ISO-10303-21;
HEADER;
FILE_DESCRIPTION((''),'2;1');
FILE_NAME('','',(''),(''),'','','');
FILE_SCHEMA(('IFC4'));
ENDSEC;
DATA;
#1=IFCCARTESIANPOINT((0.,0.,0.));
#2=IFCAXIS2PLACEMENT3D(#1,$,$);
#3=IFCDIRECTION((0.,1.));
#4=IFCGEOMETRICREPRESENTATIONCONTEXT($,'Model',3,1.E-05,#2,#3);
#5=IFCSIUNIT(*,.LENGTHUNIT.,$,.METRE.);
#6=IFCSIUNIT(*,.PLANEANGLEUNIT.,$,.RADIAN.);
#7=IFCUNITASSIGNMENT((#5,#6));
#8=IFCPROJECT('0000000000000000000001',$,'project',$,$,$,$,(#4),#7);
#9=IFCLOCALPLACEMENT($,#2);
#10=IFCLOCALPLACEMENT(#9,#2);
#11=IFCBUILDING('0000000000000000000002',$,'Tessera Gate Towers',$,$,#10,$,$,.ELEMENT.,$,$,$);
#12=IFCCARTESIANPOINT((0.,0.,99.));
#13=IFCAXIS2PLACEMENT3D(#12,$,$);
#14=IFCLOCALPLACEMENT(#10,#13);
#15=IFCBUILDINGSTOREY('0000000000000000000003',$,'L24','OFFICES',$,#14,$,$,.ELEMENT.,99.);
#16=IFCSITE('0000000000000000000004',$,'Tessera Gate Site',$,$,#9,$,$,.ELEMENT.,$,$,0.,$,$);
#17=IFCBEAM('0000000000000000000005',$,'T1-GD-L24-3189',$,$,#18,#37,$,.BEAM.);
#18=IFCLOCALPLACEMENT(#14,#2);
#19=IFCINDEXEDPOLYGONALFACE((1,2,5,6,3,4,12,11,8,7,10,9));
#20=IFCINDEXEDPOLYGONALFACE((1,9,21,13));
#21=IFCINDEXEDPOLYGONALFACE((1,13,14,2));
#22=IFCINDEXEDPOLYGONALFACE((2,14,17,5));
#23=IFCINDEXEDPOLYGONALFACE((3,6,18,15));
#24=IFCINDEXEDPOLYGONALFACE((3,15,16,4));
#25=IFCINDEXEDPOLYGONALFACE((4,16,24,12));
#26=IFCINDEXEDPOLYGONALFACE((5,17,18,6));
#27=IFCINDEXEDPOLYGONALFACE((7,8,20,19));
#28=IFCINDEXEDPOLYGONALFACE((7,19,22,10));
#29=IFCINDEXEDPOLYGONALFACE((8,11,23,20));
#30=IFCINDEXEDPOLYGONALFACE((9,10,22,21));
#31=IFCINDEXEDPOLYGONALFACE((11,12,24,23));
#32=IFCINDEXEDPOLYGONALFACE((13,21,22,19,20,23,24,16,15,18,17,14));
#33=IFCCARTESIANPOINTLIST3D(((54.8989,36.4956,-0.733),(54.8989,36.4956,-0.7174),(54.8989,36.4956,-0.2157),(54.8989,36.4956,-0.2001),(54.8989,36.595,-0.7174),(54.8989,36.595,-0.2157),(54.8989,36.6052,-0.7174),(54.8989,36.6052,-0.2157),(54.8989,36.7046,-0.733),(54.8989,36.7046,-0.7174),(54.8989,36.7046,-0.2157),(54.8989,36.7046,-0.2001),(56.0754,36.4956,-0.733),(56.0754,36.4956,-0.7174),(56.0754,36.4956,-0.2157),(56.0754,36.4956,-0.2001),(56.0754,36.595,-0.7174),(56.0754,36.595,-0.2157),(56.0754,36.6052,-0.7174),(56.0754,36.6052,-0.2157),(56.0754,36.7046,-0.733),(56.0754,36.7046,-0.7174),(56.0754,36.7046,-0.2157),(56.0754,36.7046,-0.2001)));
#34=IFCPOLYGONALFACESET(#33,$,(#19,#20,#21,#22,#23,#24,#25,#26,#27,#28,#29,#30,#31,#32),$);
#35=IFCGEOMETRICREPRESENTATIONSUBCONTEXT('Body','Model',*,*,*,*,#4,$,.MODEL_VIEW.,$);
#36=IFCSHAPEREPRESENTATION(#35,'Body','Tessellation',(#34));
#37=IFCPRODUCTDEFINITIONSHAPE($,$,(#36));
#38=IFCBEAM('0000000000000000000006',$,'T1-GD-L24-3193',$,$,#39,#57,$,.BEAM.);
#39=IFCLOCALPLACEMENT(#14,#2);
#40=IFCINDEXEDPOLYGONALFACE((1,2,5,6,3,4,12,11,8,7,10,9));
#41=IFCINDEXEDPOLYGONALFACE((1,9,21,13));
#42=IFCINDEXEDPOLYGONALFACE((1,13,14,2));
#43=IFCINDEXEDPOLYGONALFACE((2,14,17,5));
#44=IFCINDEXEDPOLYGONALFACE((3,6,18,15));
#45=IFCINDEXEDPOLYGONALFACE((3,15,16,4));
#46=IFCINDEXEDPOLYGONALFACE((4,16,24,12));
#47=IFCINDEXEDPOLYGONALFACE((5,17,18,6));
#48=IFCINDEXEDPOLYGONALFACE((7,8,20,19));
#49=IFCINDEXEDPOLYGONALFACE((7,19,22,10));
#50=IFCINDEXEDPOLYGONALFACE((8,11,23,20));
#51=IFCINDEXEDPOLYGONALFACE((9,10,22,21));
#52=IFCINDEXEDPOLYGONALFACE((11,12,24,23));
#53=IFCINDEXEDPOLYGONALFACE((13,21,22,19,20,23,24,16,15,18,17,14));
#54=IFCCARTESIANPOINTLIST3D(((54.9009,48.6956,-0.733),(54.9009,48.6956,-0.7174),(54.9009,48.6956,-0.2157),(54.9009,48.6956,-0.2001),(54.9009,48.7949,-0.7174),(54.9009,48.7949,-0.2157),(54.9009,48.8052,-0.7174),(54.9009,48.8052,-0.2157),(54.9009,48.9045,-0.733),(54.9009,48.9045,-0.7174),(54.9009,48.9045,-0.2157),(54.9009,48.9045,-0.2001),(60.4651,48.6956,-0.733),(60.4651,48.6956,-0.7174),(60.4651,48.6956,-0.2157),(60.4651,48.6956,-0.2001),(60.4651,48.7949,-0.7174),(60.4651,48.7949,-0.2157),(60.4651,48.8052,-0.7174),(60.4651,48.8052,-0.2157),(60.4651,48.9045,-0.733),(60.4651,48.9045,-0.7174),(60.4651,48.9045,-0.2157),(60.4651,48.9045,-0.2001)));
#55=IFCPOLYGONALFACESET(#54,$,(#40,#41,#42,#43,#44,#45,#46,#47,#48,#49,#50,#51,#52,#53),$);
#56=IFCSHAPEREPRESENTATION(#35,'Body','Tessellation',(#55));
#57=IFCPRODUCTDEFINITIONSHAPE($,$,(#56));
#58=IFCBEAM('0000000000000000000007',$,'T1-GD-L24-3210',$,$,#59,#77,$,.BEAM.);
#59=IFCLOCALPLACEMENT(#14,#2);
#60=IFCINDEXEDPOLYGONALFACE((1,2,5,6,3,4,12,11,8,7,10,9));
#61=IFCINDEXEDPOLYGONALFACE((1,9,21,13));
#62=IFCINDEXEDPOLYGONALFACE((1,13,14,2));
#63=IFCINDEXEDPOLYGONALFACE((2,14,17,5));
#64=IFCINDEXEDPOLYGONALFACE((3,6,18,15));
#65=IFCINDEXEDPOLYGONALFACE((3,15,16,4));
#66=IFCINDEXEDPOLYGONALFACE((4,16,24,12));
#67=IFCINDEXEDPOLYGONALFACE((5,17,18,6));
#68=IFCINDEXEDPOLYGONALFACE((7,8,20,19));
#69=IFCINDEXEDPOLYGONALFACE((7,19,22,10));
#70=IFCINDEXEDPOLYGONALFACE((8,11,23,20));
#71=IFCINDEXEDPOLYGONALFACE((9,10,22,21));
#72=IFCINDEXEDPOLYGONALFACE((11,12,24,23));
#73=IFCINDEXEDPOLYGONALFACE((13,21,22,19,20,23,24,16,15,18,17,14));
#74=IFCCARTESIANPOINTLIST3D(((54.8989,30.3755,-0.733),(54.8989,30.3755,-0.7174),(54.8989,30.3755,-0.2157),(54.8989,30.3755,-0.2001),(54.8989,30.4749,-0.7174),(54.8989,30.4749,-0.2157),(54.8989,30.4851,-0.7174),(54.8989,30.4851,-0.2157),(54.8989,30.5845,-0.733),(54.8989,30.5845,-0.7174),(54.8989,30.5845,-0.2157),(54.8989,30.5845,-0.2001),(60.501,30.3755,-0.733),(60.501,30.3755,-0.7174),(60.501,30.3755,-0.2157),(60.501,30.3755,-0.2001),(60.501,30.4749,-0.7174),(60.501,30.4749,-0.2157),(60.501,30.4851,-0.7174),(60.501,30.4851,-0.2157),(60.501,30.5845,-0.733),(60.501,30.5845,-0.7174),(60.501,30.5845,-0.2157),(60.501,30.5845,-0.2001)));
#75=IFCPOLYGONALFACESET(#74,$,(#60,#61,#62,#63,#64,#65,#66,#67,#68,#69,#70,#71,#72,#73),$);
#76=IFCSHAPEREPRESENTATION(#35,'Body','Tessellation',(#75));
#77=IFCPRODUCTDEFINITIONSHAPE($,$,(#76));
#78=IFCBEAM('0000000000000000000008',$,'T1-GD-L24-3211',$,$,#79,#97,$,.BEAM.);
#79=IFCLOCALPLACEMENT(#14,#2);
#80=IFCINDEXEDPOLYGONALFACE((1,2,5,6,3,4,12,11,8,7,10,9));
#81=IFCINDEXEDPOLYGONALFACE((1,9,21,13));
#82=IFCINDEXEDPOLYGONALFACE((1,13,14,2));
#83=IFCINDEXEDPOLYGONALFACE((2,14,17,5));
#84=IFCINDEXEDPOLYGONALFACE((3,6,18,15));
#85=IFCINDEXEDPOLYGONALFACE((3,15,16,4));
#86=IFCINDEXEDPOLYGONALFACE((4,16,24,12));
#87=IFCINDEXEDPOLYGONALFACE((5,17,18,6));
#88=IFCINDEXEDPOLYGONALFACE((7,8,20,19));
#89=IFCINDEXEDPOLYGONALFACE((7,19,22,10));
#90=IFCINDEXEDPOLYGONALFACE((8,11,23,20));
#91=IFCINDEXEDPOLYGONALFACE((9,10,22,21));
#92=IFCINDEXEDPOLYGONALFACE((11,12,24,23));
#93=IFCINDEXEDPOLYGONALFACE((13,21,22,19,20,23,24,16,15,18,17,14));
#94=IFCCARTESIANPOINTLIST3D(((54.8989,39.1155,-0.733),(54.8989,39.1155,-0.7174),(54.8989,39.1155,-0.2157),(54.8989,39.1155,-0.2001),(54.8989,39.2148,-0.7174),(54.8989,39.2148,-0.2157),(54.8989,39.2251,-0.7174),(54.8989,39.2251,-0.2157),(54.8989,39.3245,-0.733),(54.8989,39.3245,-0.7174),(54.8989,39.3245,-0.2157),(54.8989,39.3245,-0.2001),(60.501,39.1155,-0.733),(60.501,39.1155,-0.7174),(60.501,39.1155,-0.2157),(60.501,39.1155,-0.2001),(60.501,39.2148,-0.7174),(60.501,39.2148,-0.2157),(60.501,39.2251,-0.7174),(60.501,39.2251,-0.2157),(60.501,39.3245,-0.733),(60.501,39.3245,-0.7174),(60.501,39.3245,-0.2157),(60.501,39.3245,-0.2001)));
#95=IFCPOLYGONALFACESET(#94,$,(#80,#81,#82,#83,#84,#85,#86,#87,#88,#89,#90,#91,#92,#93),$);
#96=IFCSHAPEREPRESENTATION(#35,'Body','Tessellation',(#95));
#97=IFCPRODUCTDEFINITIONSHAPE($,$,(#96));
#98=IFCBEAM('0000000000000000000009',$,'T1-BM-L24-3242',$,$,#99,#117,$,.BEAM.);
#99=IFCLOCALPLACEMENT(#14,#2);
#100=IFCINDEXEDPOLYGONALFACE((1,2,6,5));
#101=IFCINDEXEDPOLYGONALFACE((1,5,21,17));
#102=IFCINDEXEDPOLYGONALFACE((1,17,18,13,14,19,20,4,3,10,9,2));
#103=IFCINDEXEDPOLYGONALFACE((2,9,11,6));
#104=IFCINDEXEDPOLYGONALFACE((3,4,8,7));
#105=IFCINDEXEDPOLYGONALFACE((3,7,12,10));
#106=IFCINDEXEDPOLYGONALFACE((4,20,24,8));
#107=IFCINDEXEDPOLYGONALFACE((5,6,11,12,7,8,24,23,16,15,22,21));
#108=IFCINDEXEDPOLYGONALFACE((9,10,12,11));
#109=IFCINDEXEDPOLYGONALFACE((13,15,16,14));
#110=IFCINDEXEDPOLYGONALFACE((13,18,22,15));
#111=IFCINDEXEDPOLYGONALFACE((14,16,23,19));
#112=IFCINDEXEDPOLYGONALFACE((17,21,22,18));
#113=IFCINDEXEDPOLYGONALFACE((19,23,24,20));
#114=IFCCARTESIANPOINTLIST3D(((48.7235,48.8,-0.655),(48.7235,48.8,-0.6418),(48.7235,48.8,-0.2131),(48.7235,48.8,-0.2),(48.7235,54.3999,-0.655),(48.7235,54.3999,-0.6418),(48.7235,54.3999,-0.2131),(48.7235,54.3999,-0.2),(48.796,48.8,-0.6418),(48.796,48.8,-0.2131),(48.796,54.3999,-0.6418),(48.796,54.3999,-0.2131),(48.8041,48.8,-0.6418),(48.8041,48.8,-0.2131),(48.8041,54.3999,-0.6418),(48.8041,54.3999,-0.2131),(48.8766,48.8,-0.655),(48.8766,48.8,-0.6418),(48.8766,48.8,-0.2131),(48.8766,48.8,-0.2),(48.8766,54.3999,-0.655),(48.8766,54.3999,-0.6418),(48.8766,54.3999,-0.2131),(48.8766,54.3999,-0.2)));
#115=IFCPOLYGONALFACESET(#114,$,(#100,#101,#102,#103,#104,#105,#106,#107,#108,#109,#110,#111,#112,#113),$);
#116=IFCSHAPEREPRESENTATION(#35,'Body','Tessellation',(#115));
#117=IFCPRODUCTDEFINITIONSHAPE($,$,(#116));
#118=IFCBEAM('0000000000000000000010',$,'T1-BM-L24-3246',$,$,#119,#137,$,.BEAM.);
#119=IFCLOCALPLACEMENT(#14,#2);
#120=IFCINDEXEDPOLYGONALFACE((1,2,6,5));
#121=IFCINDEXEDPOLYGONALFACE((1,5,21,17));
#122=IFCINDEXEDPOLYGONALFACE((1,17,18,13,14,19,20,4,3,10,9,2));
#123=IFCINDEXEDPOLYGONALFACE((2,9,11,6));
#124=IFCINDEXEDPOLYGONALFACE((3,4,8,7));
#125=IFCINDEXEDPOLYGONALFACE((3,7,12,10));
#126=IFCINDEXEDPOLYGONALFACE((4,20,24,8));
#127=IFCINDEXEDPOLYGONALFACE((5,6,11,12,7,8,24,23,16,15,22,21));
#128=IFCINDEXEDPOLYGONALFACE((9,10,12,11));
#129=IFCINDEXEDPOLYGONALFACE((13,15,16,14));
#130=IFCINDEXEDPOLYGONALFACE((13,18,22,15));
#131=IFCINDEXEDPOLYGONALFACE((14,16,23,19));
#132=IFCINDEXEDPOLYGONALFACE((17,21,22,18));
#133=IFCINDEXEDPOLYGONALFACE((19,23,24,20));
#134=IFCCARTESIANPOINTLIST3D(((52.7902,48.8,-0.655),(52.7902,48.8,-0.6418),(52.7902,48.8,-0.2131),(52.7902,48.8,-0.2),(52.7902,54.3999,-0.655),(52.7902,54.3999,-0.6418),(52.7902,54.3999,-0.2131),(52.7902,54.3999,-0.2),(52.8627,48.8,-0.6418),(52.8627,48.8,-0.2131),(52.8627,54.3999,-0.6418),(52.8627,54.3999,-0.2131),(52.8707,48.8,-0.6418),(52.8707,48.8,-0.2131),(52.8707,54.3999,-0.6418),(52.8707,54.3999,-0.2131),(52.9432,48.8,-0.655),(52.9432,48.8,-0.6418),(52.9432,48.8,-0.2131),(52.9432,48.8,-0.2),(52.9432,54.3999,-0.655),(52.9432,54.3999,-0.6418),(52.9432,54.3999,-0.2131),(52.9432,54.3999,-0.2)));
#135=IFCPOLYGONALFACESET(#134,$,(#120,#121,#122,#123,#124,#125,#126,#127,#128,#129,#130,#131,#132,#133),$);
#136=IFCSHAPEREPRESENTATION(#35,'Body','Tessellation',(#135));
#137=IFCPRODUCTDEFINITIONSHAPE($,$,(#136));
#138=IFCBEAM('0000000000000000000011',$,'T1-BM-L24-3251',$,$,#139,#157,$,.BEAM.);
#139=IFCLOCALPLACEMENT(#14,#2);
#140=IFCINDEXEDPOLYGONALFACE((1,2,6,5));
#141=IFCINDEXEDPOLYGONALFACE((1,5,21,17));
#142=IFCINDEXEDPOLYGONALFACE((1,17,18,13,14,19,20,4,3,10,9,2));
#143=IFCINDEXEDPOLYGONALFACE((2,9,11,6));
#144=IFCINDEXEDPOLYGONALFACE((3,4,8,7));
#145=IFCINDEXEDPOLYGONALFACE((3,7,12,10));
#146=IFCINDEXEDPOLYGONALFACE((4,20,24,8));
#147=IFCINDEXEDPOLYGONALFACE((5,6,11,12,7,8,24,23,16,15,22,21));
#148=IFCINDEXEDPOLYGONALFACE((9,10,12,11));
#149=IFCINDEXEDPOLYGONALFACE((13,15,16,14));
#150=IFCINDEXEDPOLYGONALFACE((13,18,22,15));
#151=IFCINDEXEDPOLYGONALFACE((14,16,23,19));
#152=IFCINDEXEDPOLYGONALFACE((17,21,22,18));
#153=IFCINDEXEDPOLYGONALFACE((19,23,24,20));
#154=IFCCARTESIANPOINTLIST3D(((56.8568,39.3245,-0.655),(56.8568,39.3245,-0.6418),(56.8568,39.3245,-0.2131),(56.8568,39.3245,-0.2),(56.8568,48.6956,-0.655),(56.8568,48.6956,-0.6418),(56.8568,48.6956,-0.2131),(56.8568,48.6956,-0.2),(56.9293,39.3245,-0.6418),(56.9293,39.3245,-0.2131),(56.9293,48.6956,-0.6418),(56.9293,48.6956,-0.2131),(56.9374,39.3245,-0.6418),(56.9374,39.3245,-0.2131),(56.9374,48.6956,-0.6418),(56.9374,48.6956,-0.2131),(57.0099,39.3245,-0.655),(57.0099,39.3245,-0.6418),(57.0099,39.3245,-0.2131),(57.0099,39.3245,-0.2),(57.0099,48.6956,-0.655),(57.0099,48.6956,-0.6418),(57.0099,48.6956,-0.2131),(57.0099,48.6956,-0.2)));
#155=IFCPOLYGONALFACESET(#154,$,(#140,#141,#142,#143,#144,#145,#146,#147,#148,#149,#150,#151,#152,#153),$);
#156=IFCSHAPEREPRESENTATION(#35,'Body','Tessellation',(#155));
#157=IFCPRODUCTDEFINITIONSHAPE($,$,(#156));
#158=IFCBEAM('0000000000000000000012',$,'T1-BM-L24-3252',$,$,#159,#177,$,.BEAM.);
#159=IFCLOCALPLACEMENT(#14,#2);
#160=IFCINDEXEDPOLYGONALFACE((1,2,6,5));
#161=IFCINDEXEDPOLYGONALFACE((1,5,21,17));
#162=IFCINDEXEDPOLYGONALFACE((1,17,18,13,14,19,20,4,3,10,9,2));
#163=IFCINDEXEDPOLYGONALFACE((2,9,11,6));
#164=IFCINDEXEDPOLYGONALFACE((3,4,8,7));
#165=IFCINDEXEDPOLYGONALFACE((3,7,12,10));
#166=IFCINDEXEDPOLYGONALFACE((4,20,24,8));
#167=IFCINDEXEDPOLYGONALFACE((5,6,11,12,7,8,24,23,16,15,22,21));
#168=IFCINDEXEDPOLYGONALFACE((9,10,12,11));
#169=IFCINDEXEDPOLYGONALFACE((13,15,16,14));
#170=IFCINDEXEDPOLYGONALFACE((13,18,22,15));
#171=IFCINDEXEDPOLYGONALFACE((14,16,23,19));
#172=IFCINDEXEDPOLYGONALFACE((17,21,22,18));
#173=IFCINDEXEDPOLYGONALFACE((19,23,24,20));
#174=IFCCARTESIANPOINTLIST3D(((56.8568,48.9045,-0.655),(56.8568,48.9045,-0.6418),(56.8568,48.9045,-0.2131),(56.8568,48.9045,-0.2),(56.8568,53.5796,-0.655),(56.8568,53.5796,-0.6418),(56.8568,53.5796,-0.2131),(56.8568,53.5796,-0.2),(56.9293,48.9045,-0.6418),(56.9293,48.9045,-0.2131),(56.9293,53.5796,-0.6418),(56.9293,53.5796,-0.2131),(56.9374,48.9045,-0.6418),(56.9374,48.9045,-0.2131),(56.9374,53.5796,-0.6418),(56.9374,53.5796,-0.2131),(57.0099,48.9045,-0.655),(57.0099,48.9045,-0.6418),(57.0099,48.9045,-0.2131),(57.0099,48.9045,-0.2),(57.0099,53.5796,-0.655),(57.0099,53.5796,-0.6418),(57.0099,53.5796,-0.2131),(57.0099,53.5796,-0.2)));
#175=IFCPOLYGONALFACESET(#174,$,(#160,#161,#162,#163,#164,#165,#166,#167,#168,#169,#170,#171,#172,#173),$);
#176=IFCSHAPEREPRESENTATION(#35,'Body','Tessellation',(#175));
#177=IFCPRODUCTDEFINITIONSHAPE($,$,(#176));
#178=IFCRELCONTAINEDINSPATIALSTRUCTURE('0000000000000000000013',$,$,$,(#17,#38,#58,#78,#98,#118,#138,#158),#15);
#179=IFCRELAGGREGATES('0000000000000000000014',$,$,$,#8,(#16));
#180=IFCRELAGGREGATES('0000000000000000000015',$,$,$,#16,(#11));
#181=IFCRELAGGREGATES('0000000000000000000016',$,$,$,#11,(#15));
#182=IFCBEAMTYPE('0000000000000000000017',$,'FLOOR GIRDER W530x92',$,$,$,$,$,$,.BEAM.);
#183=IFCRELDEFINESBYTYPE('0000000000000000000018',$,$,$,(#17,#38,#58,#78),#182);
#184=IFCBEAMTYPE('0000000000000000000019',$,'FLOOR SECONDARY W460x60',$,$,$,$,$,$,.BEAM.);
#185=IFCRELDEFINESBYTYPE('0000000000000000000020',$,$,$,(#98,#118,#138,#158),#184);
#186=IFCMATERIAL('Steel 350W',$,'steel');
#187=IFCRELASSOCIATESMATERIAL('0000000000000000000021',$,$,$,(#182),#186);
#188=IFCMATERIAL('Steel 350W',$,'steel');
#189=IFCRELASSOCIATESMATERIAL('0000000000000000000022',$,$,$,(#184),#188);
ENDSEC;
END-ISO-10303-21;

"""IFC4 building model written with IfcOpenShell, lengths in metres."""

from ifc_helpers import new_model, si_unit, direction, frame, origin, origin_2d, place, context, subcontext, project, spatial, i_section, extrude, material, material_profile, profile_set, type_object, element, save


model = new_model("IFC4")

# Units and contexts
model_context = context("Model", 3, precision=1e-05, world=origin(), true_north=direction((0.0, 1.0)))
body_context = subcontext(model_context, "Body", "Model", "MODEL_VIEW")
ifc_project = project(units=[si_unit("LENGTHUNIT", "METRE"), si_unit("PLANEANGLEUNIT", "RADIAN")], contexts=[model_context])

# Site, building, storey
site_placement = place(None, origin())
site = spatial("IfcSite", under=ifc_project, at=site_placement, Name="Tessera Gate Site", CompositionType="ELEMENT", RefElevation=0.0)
building_placement = place(site_placement, origin())
building = spatial("IfcBuilding", under=site, at=building_placement, Name="Tessera Gate Towers", CompositionType="ELEMENT")
storey_placement = place(building_placement, frame((0.0, 0.0, 99.0)))
storey = spatial("IfcBuildingStorey", under=building, at=storey_placement, Name="L24", Description="OFFICES", CompositionType="ELEMENT", Elevation=99.0)

# Beams
ifc_material_1 = material(Name="Steel 350W", Category="steel")
ifc_material_profile_1 = material_profile(ifc_material_1, i_section(OverallWidth=0.209, OverallDepth=0.533, WebThickness=0.0103, FlangeThickness=0.0156, at=origin_2d()), Name="W530x92")
ifc_profile_set_1 = profile_set([ifc_material_profile_1], Name="Steel 350W")
beam_type_1 = type_object("IfcBeamType", Name="FLOOR GIRDER W530x92", PredefinedType="BEAM", material=ifc_profile_set_1)
beam_1_placement = place(storey_placement, frame((54.8989, 36.6001, -0.4666), z_axis=(1.0, 0.0, 0.0), x_axis=(0.0, 1.0, 0.0)))
element("IfcBeam", 1, at=beam_1_placement, inside=storey, type_object=beam_type_1, Name="T1-GD-L24-3189", PredefinedType="BEAM", context=body_context, shape_type="SweptSolid", body=[
    extrude(i_section(OverallWidth=0.209, OverallDepth=0.533, WebThickness=0.0103, FlangeThickness=0.0156, at=origin_2d()), origin(), (0.0, 0.0, 1.0), 1.1765),
])
beam_2_placement = place(storey_placement, frame((54.9009, 48.8, -0.4666), z_axis=(1.0, 0.0, 0.0), x_axis=(0.0, 1.0, 0.0)))
element("IfcBeam", 2, at=beam_2_placement, inside=storey, type_object=beam_type_1, Name="T1-GD-L24-3193", PredefinedType="BEAM", context=body_context, shape_type="SweptSolid", body=[
    extrude(i_section(OverallWidth=0.209, OverallDepth=0.533, WebThickness=0.0103, FlangeThickness=0.0156, at=origin_2d()), origin(), (0.0, 0.0, 1.0), 5.5642),
])
for number, where, z_axis, x_axis, name in (
    (3, (54.8989, 30.48, -0.4666), (1.0, 0.0, 0.0), (0.0, 1.0, 0.0), "T1-GD-L24-3210"),
    (4, (54.8989, 39.22, -0.4666), (1.0, 0.0, 0.0), (0.0, 1.0, 0.0), "T1-GD-L24-3211"),
):
    element("IfcBeam", number, at=place(storey_placement, frame(where, z_axis=z_axis, x_axis=x_axis)), inside=storey, type_object=beam_type_1, Name=name, PredefinedType="BEAM", context=body_context, shape_type="SweptSolid", body=[
        extrude(i_section(OverallWidth=0.209, OverallDepth=0.533, WebThickness=0.0103, FlangeThickness=0.0156, at=origin_2d()), origin(), (0.0, 0.0, 1.0), 5.6021),
    ])
ifc_material_2 = material(Name="Steel 350W", Category="steel")
ifc_material_profile_2 = material_profile(ifc_material_2, i_section(OverallWidth=0.1531, OverallDepth=0.4551, WebThickness=0.0081, FlangeThickness=0.0132, at=origin_2d()), Name="W460x60")
ifc_profile_set_2 = profile_set([ifc_material_profile_2], Name="Steel 350W")
beam_type_2 = type_object("IfcBeamType", Name="FLOOR SECONDARY W460x60", PredefinedType="BEAM", material=ifc_profile_set_2)
for number, where, z_axis, x_axis, name in (
    (5, (48.8, 48.8, -0.4275), (0.0, 1.0, 0.0), (-1.0, 0.0, 0.0), "T1-BM-L24-3242"),
    (6, (52.8667, 48.8, -0.4275), (0.0, 1.0, 0.0), (-1.0, 0.0, 0.0), "T1-BM-L24-3246"),
):
    element("IfcBeam", number, at=place(storey_placement, frame(where, z_axis=z_axis, x_axis=x_axis)), inside=storey, type_object=beam_type_2, Name=name, PredefinedType="BEAM", context=body_context, shape_type="SweptSolid", body=[
        extrude(i_section(OverallWidth=0.1531, OverallDepth=0.4551, WebThickness=0.0081, FlangeThickness=0.0132, at=origin_2d()), origin(), (0.0, 0.0, 1.0), 5.5999),
    ])
beam_3_placement = place(storey_placement, frame((56.9333, 39.3245, -0.4275), z_axis=(0.0, 1.0, 0.0), x_axis=(-1.0, 0.0, 0.0)))
element("IfcBeam", 7, at=beam_3_placement, inside=storey, type_object=beam_type_2, Name="T1-BM-L24-3251", PredefinedType="BEAM", context=body_context, shape_type="SweptSolid", body=[
    extrude(i_section(OverallWidth=0.1531, OverallDepth=0.4551, WebThickness=0.0081, FlangeThickness=0.0132, at=origin_2d()), origin(), (0.0, 0.0, 1.0), 9.3711),
])
beam_4_placement = place(storey_placement, frame((56.9333, 48.9045, -0.4275), z_axis=(0.0, 1.0, 0.0), x_axis=(-1.0, 0.0, 0.0)))
element("IfcBeam", 8, at=beam_4_placement, inside=storey, type_object=beam_type_2, Name="T1-BM-L24-3252", PredefinedType="BEAM", context=body_context, shape_type="SweptSolid", body=[
    extrude(i_section(OverallWidth=0.1531, OverallDepth=0.4551, WebThickness=0.0081, FlangeThickness=0.0132, at=origin_2d()), origin(), (0.0, 0.0, 1.0), 4.675),
])

save(model, "model.ifc")
